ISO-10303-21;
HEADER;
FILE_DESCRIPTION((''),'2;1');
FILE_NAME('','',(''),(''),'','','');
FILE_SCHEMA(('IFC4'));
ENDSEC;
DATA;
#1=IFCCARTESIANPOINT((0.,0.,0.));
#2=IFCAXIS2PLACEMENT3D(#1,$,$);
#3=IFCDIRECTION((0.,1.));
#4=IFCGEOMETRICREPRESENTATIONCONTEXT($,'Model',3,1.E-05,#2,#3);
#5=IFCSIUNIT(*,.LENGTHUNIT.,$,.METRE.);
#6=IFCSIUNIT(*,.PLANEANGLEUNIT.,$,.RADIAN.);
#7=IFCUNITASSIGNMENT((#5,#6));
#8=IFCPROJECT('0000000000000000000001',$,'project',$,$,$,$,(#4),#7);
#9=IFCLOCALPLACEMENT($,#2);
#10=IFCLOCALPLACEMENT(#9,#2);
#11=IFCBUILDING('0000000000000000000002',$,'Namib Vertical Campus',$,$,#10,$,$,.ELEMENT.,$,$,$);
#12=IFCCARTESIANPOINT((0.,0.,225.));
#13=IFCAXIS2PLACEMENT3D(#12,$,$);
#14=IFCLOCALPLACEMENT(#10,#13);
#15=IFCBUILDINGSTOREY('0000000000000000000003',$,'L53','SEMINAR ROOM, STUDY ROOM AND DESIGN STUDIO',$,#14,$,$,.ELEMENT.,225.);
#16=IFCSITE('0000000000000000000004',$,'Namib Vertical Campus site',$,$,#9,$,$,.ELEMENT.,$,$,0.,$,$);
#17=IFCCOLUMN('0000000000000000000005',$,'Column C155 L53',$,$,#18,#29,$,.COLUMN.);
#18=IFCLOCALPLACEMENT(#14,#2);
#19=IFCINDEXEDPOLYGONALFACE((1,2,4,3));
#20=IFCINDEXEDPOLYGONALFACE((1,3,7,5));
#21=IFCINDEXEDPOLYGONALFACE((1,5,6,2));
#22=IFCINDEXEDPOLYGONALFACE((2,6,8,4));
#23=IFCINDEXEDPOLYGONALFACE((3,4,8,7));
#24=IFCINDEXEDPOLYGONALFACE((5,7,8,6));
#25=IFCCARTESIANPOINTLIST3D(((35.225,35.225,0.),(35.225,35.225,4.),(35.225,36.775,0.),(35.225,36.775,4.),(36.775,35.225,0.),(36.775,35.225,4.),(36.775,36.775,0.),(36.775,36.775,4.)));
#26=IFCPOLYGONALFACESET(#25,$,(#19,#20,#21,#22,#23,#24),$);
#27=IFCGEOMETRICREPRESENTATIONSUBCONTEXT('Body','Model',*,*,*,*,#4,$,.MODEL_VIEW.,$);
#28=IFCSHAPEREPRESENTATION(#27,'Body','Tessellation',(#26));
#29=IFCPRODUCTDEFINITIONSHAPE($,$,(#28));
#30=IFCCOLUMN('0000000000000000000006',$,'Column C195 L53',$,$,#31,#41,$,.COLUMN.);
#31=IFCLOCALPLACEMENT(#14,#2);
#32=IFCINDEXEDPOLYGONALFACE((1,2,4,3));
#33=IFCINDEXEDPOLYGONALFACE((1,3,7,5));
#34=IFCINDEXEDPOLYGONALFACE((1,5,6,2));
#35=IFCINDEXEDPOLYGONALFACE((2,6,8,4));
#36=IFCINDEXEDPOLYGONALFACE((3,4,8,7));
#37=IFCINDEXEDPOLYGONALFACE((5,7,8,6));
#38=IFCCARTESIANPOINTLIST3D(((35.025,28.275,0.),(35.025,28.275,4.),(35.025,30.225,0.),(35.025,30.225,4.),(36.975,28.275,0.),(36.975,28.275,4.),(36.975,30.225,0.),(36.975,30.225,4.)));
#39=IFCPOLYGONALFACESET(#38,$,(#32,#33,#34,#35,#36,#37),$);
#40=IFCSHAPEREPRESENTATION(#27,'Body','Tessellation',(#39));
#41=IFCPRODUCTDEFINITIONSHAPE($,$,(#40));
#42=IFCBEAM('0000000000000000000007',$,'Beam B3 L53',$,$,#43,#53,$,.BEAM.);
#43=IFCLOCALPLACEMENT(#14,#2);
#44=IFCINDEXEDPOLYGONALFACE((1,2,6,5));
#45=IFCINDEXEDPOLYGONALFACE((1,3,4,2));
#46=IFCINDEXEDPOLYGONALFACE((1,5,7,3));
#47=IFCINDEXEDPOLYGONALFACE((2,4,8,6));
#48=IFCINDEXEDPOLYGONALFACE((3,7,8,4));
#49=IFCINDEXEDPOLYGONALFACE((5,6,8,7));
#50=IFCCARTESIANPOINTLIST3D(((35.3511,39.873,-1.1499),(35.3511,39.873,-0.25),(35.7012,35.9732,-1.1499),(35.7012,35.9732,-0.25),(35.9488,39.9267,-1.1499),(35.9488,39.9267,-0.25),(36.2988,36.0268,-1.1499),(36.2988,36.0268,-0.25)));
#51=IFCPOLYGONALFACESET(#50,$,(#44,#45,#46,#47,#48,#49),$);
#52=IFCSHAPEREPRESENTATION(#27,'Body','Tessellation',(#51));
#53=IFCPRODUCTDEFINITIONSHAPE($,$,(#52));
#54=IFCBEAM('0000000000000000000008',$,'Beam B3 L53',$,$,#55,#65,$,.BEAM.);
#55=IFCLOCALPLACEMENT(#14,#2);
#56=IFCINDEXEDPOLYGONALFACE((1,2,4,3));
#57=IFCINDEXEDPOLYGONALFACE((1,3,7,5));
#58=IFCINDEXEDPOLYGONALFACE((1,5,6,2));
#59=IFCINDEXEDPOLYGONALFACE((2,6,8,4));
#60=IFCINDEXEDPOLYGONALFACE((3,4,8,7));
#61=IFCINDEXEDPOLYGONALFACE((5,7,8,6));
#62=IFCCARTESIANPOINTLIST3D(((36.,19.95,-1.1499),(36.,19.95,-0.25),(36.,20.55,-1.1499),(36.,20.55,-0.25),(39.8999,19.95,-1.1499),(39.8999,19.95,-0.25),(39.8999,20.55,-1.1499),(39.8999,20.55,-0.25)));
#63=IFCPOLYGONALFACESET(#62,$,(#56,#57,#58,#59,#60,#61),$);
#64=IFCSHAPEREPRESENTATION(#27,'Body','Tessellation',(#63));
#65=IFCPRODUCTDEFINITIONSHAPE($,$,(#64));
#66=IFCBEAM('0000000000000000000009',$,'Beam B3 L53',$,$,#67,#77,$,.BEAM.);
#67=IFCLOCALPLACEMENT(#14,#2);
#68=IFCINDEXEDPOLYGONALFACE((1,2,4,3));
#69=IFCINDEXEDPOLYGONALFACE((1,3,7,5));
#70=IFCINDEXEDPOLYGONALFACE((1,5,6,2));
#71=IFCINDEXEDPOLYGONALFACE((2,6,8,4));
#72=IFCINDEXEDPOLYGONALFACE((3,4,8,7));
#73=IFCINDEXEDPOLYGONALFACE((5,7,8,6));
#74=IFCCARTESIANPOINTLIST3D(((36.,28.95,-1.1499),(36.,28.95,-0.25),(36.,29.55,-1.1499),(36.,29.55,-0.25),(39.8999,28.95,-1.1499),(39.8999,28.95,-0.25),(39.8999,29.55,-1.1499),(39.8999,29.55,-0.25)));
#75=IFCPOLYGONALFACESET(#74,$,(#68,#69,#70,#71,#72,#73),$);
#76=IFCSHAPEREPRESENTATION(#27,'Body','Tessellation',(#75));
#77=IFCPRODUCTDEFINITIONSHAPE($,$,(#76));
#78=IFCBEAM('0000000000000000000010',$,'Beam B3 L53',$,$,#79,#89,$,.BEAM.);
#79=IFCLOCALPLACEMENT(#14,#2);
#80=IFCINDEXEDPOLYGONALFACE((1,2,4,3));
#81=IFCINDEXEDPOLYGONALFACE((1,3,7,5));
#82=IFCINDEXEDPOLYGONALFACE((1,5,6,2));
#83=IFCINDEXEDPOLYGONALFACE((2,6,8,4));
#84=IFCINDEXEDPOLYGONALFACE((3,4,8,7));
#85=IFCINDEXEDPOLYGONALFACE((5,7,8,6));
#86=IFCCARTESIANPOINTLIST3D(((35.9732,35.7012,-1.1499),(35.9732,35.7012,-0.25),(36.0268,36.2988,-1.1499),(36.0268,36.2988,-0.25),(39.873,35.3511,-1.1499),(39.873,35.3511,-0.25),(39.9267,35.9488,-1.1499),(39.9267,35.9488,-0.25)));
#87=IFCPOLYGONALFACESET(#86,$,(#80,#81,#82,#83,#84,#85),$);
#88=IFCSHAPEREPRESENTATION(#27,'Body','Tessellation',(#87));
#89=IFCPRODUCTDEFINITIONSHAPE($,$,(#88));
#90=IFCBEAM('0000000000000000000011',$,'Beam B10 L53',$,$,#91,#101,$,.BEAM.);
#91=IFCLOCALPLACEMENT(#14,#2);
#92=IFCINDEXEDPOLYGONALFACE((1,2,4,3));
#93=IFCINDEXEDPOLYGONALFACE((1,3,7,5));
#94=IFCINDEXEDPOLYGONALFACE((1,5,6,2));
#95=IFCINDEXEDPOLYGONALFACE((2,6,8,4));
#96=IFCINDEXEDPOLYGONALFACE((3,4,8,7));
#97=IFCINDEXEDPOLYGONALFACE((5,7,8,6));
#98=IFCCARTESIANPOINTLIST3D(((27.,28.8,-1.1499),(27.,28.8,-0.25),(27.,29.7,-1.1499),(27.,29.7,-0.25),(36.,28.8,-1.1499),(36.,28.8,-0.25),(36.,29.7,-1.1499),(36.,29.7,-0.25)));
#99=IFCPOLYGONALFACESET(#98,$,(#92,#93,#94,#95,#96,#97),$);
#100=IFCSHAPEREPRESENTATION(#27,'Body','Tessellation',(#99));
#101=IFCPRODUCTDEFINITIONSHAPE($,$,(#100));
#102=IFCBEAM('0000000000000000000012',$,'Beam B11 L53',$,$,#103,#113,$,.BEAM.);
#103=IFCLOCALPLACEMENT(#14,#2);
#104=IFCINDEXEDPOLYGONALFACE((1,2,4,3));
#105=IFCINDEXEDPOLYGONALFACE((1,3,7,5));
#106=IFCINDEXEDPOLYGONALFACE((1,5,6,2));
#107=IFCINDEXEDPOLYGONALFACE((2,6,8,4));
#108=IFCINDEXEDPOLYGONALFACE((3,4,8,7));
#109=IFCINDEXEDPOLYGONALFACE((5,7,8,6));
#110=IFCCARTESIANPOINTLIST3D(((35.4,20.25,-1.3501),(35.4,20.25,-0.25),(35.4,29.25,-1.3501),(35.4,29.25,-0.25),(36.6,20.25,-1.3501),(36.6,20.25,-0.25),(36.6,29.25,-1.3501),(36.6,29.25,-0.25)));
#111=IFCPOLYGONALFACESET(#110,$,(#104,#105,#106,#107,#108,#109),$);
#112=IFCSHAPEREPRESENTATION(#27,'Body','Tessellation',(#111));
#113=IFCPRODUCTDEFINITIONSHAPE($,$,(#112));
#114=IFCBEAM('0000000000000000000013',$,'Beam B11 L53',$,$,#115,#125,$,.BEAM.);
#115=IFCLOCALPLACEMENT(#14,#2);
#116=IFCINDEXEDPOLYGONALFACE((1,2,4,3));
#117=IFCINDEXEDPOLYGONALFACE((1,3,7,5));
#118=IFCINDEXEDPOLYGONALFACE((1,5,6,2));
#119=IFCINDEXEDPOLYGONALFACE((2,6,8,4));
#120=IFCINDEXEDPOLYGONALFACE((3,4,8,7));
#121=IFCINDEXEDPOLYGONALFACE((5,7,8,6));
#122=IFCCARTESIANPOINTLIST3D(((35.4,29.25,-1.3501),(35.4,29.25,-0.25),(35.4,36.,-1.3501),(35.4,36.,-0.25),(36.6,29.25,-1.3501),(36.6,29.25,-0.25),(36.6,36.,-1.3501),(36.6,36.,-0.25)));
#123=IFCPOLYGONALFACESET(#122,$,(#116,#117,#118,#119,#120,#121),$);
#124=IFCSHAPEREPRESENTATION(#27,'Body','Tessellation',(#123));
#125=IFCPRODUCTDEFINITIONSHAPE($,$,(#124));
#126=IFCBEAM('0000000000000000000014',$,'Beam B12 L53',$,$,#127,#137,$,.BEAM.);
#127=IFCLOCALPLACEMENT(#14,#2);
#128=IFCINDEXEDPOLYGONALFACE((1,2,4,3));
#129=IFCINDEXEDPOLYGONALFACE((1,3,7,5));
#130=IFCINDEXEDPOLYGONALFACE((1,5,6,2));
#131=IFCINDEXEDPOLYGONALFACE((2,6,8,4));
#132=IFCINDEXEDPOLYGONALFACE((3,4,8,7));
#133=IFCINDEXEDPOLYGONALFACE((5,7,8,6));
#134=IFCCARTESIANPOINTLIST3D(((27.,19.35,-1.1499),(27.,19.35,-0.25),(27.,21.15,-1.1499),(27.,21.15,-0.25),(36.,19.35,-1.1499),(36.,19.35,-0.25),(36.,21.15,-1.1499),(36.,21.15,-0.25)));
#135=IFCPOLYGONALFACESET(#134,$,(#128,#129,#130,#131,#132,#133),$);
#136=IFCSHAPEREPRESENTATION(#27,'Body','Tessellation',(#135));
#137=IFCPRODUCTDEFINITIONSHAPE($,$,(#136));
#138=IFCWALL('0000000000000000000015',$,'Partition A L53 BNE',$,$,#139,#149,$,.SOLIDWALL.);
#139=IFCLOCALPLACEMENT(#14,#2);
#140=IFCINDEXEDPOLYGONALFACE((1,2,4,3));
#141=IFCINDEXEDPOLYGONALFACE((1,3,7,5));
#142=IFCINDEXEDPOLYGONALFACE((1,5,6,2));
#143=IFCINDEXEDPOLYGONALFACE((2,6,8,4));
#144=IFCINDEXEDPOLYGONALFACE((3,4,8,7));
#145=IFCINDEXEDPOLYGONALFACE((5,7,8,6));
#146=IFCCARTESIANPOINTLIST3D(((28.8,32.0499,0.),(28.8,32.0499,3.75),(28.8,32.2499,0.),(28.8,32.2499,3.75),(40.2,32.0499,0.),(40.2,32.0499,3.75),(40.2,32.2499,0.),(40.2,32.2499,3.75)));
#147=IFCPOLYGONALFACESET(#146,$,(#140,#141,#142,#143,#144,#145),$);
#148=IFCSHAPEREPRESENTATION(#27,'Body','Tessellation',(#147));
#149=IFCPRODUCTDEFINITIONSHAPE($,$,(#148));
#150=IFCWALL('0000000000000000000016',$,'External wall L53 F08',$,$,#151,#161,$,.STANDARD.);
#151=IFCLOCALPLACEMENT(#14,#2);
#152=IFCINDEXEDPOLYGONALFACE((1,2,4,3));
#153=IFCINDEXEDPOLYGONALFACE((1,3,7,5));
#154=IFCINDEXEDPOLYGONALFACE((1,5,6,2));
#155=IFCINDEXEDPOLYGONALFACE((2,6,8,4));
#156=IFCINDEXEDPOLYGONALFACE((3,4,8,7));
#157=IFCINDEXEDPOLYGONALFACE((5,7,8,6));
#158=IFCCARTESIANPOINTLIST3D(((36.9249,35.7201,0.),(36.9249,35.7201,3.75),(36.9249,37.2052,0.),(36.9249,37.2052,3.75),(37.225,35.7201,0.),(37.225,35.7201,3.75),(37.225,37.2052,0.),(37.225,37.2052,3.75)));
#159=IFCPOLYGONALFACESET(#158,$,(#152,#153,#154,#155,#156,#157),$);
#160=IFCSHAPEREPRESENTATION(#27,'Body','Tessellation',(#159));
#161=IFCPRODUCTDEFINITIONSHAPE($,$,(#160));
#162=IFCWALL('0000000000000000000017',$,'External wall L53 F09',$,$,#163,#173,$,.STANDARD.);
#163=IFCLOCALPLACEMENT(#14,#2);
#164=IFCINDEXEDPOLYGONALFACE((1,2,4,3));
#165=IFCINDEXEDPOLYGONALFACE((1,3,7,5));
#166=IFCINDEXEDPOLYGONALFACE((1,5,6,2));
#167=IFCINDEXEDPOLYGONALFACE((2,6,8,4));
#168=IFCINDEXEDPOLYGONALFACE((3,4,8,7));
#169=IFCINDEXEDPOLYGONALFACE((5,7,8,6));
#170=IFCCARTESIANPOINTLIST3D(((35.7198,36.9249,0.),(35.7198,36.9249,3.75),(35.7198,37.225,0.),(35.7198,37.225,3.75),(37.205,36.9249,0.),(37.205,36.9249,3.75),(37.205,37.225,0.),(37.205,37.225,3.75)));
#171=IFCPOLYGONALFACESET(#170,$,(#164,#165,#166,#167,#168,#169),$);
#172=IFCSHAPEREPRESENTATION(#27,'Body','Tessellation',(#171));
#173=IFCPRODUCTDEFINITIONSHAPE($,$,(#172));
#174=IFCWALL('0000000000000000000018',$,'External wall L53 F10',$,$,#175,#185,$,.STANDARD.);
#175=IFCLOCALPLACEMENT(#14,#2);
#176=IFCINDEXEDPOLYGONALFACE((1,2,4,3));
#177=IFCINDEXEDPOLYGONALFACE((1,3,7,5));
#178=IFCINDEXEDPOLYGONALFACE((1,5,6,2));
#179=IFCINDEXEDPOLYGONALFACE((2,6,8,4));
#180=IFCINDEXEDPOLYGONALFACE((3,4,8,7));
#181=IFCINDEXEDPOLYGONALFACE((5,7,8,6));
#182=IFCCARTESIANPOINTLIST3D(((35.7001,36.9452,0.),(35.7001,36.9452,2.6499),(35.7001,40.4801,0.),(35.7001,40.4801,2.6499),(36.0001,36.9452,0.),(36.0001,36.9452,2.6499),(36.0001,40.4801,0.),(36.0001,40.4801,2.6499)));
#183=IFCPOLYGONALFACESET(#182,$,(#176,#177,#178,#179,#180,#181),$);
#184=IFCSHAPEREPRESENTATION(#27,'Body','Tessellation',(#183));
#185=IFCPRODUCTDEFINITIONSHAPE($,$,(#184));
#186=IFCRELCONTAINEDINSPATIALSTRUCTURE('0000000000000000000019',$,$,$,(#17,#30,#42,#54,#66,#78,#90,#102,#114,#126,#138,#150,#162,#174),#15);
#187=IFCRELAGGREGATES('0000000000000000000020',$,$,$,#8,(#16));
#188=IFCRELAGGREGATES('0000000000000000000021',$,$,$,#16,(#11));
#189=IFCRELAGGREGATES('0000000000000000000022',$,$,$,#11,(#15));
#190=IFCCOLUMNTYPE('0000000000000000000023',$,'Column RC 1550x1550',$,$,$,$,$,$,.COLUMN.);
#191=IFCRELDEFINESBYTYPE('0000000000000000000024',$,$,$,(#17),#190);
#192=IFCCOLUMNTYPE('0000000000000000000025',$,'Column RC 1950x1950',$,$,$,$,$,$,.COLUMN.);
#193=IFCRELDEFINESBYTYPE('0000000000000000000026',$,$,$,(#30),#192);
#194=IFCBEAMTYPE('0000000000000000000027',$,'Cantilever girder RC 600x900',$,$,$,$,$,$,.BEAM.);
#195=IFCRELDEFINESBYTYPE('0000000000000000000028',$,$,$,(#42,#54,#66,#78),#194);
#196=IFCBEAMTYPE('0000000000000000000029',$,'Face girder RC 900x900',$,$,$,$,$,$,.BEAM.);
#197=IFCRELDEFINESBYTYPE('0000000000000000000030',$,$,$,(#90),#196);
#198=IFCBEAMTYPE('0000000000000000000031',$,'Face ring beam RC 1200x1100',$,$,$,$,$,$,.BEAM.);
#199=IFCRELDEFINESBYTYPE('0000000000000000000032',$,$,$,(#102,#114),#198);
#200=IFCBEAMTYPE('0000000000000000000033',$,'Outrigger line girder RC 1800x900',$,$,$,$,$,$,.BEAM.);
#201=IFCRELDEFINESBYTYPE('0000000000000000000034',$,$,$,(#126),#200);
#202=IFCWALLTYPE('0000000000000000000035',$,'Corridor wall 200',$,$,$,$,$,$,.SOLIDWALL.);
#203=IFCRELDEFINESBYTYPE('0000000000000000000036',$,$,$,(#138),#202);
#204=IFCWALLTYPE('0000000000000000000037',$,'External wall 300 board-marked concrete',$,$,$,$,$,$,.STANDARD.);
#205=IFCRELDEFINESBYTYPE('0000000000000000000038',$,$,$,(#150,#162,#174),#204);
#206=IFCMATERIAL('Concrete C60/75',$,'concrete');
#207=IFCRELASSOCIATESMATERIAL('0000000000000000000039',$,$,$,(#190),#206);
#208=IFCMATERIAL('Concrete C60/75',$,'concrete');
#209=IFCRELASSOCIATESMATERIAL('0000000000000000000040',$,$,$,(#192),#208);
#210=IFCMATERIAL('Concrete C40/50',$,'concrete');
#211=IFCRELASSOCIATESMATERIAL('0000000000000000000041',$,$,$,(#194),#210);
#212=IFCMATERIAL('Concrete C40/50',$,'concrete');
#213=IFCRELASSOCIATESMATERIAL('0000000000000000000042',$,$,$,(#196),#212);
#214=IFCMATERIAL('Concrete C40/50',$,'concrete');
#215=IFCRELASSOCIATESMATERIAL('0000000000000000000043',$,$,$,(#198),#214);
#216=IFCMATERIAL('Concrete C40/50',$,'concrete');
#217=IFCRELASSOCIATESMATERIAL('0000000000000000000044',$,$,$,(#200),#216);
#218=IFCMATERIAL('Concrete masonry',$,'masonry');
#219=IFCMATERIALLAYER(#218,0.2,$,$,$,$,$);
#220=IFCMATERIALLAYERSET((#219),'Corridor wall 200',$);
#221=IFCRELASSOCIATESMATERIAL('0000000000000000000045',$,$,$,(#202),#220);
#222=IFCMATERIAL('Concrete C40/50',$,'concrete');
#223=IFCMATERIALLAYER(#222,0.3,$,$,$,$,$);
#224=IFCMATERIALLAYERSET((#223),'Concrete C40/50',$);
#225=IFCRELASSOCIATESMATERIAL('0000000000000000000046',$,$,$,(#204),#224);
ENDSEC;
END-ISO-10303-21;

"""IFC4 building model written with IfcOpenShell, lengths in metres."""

from ifc_helpers import new_model, si_unit, direction, frame, frame_2d, origin, origin_2d, place, context, subcontext, project, spatial, rectangle, extrude, material, layer, layer_set, material_profile, profile_set, type_object, element, save


model = new_model("IFC4")

# Units and contexts
model_context = context("Model", 3, precision=1e-05, world=origin(), true_north=direction((0.0, 1.0)))
body_context = subcontext(model_context, "Body", "Model", "MODEL_VIEW")
ifc_project = project(units=[si_unit("LENGTHUNIT", "METRE"), si_unit("PLANEANGLEUNIT", "RADIAN")], contexts=[model_context])

# Site, building, storey
site_placement = place(None, origin())
site = spatial("IfcSite", under=ifc_project, at=site_placement, Name="Namib Vertical Campus site", CompositionType="ELEMENT", RefElevation=0.0)
building_placement = place(site_placement, origin())
building = spatial("IfcBuilding", under=site, at=building_placement, Name="Namib Vertical Campus", CompositionType="ELEMENT")
storey_placement = place(building_placement, frame((0.0, 0.0, 225.0)))
storey = spatial("IfcBuildingStorey", under=building, at=storey_placement, Name="L53", Description="SEMINAR ROOM, STUDY ROOM AND DESIGN STUDIO", CompositionType="ELEMENT", Elevation=225.0)

# Columns
ifc_material_1 = material(Name="Concrete C60/75", Category="concrete")
ifc_material_profile_1 = material_profile(ifc_material_1, rectangle(XDim=1.55, YDim=1.55, at=origin_2d()))
ifc_profile_set_1 = profile_set([ifc_material_profile_1], Name="Concrete C60/75")
column_type_1 = type_object("IfcColumnType", Name="Column RC 1550x1550", PredefinedType="COLUMN", material=ifc_profile_set_1)
column_1_placement = place(storey_placement, frame((36.0, 36.0, 0.0), z_axis=(0.0, 0.0, 1.0), x_axis=(1.0, 0.0, 0.0)))
element("IfcColumn", 1, at=column_1_placement, inside=storey, type_object=column_type_1, Name="Column C155 L53", PredefinedType="COLUMN", context=body_context, shape_type="SweptSolid", body=[
    extrude(rectangle(XDim=1.55, YDim=1.55, at=origin_2d()), origin(), (0.0, 0.0, 1.0), 4.0),
])
ifc_material_2 = material(Name="Concrete C60/75", Category="concrete")
ifc_material_profile_2 = material_profile(ifc_material_2, rectangle(XDim=1.95, YDim=1.95, at=origin_2d()))
ifc_profile_set_2 = profile_set([ifc_material_profile_2], Name="Concrete C60/75")
column_type_2 = type_object("IfcColumnType", Name="Column RC 1950x1950", PredefinedType="COLUMN", material=ifc_profile_set_2)
column_2_placement = place(storey_placement, frame((36.0, 29.25, 0.0), z_axis=(0.0, 0.0, 1.0), x_axis=(1.0, 0.0, 0.0)))
element("IfcColumn", 2, at=column_2_placement, inside=storey, type_object=column_type_2, Name="Column C195 L53", PredefinedType="COLUMN", context=body_context, shape_type="SweptSolid", body=[
    extrude(rectangle(XDim=1.95, YDim=1.95, at=origin_2d()), origin(), (0.0, 0.0, 1.0), 4.0),
])

# Beams
ifc_material_3 = material(Name="Concrete C40/50", Category="concrete")
ifc_material_profile_3 = material_profile(ifc_material_3, rectangle(XDim=0.6001, YDim=0.8999, at=origin_2d()))
ifc_profile_set_3 = profile_set([ifc_material_profile_3], Name="Concrete C40/50")
beam_type_1 = type_object("IfcBeamType", Name="Cantilever girder RC 600x900", PredefinedType="BEAM", material=ifc_profile_set_3)
beam_1_placement = place(storey_placement, frame((36.0, 36.0, -0.7), z_axis=(-0.089411, 0.995995, 0.0), x_axis=(-0.995995, -0.089411, 0.0)))
element("IfcBeam", 3, at=beam_1_placement, inside=storey, type_object=beam_type_1, Name="Beam B3 L53", PredefinedType="BEAM", context=body_context, shape_type="SweptSolid", body=[
    extrude(rectangle(XDim=0.6001, YDim=0.8999, at=origin_2d()), origin(), (0.0, 0.0, 1.0), 3.9155),
])
for number, where, z_axis, x_axis, name in (
    (4, (36.0, 20.25, -0.7), (1.0, 0.0, 0.0), (0.0, 1.0, 0.0), "Beam B3 L53"),
    (5, (36.0, 29.25, -0.7), (1.0, 0.0, 0.0), (0.0, 1.0, 0.0), "Beam B3 L53"),
):
    element("IfcBeam", number, at=place(storey_placement, frame(where, z_axis=z_axis, x_axis=x_axis)), inside=storey, type_object=beam_type_1, Name=name, PredefinedType="BEAM", context=body_context, shape_type="SweptSolid", body=[
        extrude(rectangle(XDim=0.6001, YDim=0.8999, at=origin_2d()), origin(), (0.0, 0.0, 1.0), 3.8999),
    ])
beam_2_placement = place(storey_placement, frame((36.0, 36.0, -0.7), z_axis=(0.995995, -0.089411, 0.0), x_axis=(0.089411, 0.995995, 0.0)))
element("IfcBeam", 6, at=beam_2_placement, inside=storey, type_object=beam_type_1, Name="Beam B3 L53", PredefinedType="BEAM", context=body_context, shape_type="SweptSolid", body=[
    extrude(rectangle(XDim=0.6001, YDim=0.8999, at=origin_2d()), origin(), (0.0, 0.0, 1.0), 3.9155),
])
ifc_material_4 = material(Name="Concrete C40/50", Category="concrete")
ifc_material_profile_4 = material_profile(ifc_material_4, rectangle(XDim=0.8999, YDim=0.8999, at=origin_2d()))
ifc_profile_set_4 = profile_set([ifc_material_profile_4], Name="Concrete C40/50")
beam_type_2 = type_object("IfcBeamType", Name="Face girder RC 900x900", PredefinedType="BEAM", material=ifc_profile_set_4)
beam_3_placement = place(storey_placement, frame((36.0, 29.25, -0.7), z_axis=(-1.0, 0.0, 0.0), x_axis=(0.0, -1.0, 0.0)))
element("IfcBeam", 7, at=beam_3_placement, inside=storey, type_object=beam_type_2, Name="Beam B10 L53", PredefinedType="BEAM", context=body_context, shape_type="SweptSolid", body=[
    extrude(rectangle(XDim=0.8999, YDim=0.8999, at=origin_2d()), origin(), (0.0, 0.0, 1.0), 9.0),
])
ifc_material_5 = material(Name="Concrete C40/50", Category="concrete")
ifc_material_profile_5 = material_profile(ifc_material_5, rectangle(XDim=1.2, YDim=1.1001, at=origin_2d()))
ifc_profile_set_5 = profile_set([ifc_material_profile_5], Name="Concrete C40/50")
beam_type_3 = type_object("IfcBeamType", Name="Face ring beam RC 1200x1100", PredefinedType="BEAM", material=ifc_profile_set_5)
beam_4_placement = place(storey_placement, frame((36.0, 20.25, -0.8), z_axis=(0.0, 1.0, 0.0), x_axis=(-1.0, 0.0, 0.0)))
element("IfcBeam", 8, at=beam_4_placement, inside=storey, type_object=beam_type_3, Name="Beam B11 L53", PredefinedType="BEAM", context=body_context, shape_type="SweptSolid", body=[
    extrude(rectangle(XDim=1.2, YDim=1.1001, at=origin_2d()), origin(), (0.0, 0.0, 1.0), 9.0),
])
beam_5_placement = place(storey_placement, frame((36.0, 29.25, -0.8), z_axis=(0.0, 1.0, 0.0), x_axis=(-1.0, 0.0, 0.0)))
element("IfcBeam", 9, at=beam_5_placement, inside=storey, type_object=beam_type_3, Name="Beam B11 L53", PredefinedType="BEAM", context=body_context, shape_type="SweptSolid", body=[
    extrude(rectangle(XDim=1.2, YDim=1.1001, at=origin_2d()), origin(), (0.0, 0.0, 1.0), 6.75),
])
ifc_material_6 = material(Name="Concrete C40/50", Category="concrete")
ifc_material_profile_6 = material_profile(ifc_material_6, rectangle(XDim=1.8, YDim=0.8999, at=origin_2d()))
ifc_profile_set_6 = profile_set([ifc_material_profile_6], Name="Concrete C40/50")
beam_type_4 = type_object("IfcBeamType", Name="Outrigger line girder RC 1800x900", PredefinedType="BEAM", material=ifc_profile_set_6)
beam_6_placement = place(storey_placement, frame((36.0, 20.25, -0.7), z_axis=(-1.0, 0.0, 0.0), x_axis=(0.0, -1.0, 0.0)))
element("IfcBeam", 10, at=beam_6_placement, inside=storey, type_object=beam_type_4, Name="Beam B12 L53", PredefinedType="BEAM", context=body_context, shape_type="SweptSolid", body=[
    extrude(rectangle(XDim=1.8, YDim=0.8999, at=origin_2d()), origin(), (0.0, 0.0, 1.0), 9.0),
])

# Walls
ifc_material_7 = material(Name="Concrete masonry", Category="masonry")
ifc_layer_1 = layer(ifc_material_7, 0.2)
ifc_layer_set_1 = layer_set([ifc_layer_1], Name="Corridor wall 200")
wall_type_1 = type_object("IfcWallType", Name="Corridor wall 200", PredefinedType="SOLIDWALL", material=ifc_layer_set_1)
wall_1_placement = place(storey_placement, frame((28.8, 32.1499, 0.0), z_axis=(0.0, 0.0, 1.0), x_axis=(1.0, 0.0, 0.0)))
element("IfcWall", 11, at=wall_1_placement, inside=storey, type_object=wall_type_1, Name="Partition A L53 BNE", PredefinedType="SOLIDWALL", context=body_context, shape_type="SweptSolid", body=[
    extrude(rectangle(XDim=11.3999, YDim=0.2, at=frame_2d((5.7, 0.0))), origin(), (0.0, 0.0, 1.0), 3.75),
])
ifc_material_8 = material(Name="Concrete C40/50", Category="concrete")
ifc_layer_2 = layer(ifc_material_8, 0.3)
ifc_layer_set_2 = layer_set([ifc_layer_2], Name="Concrete C40/50")
wall_type_2 = type_object("IfcWallType", Name="External wall 300 board-marked concrete", PredefinedType="STANDARD", material=ifc_layer_set_2)
for number, where, z_axis, x_axis, name in (
    (12, (37.075, 35.72, 0.0), (0.0, 0.0, 1.0), (0.0, 1.0, 0.0), "External wall L53 F08"),
    (13, (37.2051, 37.075, 0.0), (0.0, 0.0, 1.0), (-1.0, 0.0, 0.0), "External wall L53 F09"),
):
    element("IfcWall", number, at=place(storey_placement, frame(where, z_axis=z_axis, x_axis=x_axis)), inside=storey, type_object=wall_type_2, Name=name, PredefinedType="STANDARD", context=body_context, shape_type="SweptSolid", body=[
        extrude(rectangle(XDim=1.4851, YDim=0.3, at=frame_2d((0.7427, 0.0))), origin(), (0.0, 0.0, 1.0), 3.75),
    ])
wall_2_placement = place(storey_placement, frame((35.8501, 36.9451, 0.0), z_axis=(0.0, 0.0, 1.0), x_axis=(0.0, 1.0, 0.0)))
element("IfcWall", 14, at=wall_2_placement, inside=storey, type_object=wall_type_2, Name="External wall L53 F10", PredefinedType="STANDARD", context=body_context, shape_type="SweptSolid", body=[
    extrude(rectangle(XDim=3.5349, YDim=0.3, at=frame_2d((1.7676, 0.0))), origin(), (0.0, 0.0, 1.0), 2.6499),
])

save(model, "model.ifc")
